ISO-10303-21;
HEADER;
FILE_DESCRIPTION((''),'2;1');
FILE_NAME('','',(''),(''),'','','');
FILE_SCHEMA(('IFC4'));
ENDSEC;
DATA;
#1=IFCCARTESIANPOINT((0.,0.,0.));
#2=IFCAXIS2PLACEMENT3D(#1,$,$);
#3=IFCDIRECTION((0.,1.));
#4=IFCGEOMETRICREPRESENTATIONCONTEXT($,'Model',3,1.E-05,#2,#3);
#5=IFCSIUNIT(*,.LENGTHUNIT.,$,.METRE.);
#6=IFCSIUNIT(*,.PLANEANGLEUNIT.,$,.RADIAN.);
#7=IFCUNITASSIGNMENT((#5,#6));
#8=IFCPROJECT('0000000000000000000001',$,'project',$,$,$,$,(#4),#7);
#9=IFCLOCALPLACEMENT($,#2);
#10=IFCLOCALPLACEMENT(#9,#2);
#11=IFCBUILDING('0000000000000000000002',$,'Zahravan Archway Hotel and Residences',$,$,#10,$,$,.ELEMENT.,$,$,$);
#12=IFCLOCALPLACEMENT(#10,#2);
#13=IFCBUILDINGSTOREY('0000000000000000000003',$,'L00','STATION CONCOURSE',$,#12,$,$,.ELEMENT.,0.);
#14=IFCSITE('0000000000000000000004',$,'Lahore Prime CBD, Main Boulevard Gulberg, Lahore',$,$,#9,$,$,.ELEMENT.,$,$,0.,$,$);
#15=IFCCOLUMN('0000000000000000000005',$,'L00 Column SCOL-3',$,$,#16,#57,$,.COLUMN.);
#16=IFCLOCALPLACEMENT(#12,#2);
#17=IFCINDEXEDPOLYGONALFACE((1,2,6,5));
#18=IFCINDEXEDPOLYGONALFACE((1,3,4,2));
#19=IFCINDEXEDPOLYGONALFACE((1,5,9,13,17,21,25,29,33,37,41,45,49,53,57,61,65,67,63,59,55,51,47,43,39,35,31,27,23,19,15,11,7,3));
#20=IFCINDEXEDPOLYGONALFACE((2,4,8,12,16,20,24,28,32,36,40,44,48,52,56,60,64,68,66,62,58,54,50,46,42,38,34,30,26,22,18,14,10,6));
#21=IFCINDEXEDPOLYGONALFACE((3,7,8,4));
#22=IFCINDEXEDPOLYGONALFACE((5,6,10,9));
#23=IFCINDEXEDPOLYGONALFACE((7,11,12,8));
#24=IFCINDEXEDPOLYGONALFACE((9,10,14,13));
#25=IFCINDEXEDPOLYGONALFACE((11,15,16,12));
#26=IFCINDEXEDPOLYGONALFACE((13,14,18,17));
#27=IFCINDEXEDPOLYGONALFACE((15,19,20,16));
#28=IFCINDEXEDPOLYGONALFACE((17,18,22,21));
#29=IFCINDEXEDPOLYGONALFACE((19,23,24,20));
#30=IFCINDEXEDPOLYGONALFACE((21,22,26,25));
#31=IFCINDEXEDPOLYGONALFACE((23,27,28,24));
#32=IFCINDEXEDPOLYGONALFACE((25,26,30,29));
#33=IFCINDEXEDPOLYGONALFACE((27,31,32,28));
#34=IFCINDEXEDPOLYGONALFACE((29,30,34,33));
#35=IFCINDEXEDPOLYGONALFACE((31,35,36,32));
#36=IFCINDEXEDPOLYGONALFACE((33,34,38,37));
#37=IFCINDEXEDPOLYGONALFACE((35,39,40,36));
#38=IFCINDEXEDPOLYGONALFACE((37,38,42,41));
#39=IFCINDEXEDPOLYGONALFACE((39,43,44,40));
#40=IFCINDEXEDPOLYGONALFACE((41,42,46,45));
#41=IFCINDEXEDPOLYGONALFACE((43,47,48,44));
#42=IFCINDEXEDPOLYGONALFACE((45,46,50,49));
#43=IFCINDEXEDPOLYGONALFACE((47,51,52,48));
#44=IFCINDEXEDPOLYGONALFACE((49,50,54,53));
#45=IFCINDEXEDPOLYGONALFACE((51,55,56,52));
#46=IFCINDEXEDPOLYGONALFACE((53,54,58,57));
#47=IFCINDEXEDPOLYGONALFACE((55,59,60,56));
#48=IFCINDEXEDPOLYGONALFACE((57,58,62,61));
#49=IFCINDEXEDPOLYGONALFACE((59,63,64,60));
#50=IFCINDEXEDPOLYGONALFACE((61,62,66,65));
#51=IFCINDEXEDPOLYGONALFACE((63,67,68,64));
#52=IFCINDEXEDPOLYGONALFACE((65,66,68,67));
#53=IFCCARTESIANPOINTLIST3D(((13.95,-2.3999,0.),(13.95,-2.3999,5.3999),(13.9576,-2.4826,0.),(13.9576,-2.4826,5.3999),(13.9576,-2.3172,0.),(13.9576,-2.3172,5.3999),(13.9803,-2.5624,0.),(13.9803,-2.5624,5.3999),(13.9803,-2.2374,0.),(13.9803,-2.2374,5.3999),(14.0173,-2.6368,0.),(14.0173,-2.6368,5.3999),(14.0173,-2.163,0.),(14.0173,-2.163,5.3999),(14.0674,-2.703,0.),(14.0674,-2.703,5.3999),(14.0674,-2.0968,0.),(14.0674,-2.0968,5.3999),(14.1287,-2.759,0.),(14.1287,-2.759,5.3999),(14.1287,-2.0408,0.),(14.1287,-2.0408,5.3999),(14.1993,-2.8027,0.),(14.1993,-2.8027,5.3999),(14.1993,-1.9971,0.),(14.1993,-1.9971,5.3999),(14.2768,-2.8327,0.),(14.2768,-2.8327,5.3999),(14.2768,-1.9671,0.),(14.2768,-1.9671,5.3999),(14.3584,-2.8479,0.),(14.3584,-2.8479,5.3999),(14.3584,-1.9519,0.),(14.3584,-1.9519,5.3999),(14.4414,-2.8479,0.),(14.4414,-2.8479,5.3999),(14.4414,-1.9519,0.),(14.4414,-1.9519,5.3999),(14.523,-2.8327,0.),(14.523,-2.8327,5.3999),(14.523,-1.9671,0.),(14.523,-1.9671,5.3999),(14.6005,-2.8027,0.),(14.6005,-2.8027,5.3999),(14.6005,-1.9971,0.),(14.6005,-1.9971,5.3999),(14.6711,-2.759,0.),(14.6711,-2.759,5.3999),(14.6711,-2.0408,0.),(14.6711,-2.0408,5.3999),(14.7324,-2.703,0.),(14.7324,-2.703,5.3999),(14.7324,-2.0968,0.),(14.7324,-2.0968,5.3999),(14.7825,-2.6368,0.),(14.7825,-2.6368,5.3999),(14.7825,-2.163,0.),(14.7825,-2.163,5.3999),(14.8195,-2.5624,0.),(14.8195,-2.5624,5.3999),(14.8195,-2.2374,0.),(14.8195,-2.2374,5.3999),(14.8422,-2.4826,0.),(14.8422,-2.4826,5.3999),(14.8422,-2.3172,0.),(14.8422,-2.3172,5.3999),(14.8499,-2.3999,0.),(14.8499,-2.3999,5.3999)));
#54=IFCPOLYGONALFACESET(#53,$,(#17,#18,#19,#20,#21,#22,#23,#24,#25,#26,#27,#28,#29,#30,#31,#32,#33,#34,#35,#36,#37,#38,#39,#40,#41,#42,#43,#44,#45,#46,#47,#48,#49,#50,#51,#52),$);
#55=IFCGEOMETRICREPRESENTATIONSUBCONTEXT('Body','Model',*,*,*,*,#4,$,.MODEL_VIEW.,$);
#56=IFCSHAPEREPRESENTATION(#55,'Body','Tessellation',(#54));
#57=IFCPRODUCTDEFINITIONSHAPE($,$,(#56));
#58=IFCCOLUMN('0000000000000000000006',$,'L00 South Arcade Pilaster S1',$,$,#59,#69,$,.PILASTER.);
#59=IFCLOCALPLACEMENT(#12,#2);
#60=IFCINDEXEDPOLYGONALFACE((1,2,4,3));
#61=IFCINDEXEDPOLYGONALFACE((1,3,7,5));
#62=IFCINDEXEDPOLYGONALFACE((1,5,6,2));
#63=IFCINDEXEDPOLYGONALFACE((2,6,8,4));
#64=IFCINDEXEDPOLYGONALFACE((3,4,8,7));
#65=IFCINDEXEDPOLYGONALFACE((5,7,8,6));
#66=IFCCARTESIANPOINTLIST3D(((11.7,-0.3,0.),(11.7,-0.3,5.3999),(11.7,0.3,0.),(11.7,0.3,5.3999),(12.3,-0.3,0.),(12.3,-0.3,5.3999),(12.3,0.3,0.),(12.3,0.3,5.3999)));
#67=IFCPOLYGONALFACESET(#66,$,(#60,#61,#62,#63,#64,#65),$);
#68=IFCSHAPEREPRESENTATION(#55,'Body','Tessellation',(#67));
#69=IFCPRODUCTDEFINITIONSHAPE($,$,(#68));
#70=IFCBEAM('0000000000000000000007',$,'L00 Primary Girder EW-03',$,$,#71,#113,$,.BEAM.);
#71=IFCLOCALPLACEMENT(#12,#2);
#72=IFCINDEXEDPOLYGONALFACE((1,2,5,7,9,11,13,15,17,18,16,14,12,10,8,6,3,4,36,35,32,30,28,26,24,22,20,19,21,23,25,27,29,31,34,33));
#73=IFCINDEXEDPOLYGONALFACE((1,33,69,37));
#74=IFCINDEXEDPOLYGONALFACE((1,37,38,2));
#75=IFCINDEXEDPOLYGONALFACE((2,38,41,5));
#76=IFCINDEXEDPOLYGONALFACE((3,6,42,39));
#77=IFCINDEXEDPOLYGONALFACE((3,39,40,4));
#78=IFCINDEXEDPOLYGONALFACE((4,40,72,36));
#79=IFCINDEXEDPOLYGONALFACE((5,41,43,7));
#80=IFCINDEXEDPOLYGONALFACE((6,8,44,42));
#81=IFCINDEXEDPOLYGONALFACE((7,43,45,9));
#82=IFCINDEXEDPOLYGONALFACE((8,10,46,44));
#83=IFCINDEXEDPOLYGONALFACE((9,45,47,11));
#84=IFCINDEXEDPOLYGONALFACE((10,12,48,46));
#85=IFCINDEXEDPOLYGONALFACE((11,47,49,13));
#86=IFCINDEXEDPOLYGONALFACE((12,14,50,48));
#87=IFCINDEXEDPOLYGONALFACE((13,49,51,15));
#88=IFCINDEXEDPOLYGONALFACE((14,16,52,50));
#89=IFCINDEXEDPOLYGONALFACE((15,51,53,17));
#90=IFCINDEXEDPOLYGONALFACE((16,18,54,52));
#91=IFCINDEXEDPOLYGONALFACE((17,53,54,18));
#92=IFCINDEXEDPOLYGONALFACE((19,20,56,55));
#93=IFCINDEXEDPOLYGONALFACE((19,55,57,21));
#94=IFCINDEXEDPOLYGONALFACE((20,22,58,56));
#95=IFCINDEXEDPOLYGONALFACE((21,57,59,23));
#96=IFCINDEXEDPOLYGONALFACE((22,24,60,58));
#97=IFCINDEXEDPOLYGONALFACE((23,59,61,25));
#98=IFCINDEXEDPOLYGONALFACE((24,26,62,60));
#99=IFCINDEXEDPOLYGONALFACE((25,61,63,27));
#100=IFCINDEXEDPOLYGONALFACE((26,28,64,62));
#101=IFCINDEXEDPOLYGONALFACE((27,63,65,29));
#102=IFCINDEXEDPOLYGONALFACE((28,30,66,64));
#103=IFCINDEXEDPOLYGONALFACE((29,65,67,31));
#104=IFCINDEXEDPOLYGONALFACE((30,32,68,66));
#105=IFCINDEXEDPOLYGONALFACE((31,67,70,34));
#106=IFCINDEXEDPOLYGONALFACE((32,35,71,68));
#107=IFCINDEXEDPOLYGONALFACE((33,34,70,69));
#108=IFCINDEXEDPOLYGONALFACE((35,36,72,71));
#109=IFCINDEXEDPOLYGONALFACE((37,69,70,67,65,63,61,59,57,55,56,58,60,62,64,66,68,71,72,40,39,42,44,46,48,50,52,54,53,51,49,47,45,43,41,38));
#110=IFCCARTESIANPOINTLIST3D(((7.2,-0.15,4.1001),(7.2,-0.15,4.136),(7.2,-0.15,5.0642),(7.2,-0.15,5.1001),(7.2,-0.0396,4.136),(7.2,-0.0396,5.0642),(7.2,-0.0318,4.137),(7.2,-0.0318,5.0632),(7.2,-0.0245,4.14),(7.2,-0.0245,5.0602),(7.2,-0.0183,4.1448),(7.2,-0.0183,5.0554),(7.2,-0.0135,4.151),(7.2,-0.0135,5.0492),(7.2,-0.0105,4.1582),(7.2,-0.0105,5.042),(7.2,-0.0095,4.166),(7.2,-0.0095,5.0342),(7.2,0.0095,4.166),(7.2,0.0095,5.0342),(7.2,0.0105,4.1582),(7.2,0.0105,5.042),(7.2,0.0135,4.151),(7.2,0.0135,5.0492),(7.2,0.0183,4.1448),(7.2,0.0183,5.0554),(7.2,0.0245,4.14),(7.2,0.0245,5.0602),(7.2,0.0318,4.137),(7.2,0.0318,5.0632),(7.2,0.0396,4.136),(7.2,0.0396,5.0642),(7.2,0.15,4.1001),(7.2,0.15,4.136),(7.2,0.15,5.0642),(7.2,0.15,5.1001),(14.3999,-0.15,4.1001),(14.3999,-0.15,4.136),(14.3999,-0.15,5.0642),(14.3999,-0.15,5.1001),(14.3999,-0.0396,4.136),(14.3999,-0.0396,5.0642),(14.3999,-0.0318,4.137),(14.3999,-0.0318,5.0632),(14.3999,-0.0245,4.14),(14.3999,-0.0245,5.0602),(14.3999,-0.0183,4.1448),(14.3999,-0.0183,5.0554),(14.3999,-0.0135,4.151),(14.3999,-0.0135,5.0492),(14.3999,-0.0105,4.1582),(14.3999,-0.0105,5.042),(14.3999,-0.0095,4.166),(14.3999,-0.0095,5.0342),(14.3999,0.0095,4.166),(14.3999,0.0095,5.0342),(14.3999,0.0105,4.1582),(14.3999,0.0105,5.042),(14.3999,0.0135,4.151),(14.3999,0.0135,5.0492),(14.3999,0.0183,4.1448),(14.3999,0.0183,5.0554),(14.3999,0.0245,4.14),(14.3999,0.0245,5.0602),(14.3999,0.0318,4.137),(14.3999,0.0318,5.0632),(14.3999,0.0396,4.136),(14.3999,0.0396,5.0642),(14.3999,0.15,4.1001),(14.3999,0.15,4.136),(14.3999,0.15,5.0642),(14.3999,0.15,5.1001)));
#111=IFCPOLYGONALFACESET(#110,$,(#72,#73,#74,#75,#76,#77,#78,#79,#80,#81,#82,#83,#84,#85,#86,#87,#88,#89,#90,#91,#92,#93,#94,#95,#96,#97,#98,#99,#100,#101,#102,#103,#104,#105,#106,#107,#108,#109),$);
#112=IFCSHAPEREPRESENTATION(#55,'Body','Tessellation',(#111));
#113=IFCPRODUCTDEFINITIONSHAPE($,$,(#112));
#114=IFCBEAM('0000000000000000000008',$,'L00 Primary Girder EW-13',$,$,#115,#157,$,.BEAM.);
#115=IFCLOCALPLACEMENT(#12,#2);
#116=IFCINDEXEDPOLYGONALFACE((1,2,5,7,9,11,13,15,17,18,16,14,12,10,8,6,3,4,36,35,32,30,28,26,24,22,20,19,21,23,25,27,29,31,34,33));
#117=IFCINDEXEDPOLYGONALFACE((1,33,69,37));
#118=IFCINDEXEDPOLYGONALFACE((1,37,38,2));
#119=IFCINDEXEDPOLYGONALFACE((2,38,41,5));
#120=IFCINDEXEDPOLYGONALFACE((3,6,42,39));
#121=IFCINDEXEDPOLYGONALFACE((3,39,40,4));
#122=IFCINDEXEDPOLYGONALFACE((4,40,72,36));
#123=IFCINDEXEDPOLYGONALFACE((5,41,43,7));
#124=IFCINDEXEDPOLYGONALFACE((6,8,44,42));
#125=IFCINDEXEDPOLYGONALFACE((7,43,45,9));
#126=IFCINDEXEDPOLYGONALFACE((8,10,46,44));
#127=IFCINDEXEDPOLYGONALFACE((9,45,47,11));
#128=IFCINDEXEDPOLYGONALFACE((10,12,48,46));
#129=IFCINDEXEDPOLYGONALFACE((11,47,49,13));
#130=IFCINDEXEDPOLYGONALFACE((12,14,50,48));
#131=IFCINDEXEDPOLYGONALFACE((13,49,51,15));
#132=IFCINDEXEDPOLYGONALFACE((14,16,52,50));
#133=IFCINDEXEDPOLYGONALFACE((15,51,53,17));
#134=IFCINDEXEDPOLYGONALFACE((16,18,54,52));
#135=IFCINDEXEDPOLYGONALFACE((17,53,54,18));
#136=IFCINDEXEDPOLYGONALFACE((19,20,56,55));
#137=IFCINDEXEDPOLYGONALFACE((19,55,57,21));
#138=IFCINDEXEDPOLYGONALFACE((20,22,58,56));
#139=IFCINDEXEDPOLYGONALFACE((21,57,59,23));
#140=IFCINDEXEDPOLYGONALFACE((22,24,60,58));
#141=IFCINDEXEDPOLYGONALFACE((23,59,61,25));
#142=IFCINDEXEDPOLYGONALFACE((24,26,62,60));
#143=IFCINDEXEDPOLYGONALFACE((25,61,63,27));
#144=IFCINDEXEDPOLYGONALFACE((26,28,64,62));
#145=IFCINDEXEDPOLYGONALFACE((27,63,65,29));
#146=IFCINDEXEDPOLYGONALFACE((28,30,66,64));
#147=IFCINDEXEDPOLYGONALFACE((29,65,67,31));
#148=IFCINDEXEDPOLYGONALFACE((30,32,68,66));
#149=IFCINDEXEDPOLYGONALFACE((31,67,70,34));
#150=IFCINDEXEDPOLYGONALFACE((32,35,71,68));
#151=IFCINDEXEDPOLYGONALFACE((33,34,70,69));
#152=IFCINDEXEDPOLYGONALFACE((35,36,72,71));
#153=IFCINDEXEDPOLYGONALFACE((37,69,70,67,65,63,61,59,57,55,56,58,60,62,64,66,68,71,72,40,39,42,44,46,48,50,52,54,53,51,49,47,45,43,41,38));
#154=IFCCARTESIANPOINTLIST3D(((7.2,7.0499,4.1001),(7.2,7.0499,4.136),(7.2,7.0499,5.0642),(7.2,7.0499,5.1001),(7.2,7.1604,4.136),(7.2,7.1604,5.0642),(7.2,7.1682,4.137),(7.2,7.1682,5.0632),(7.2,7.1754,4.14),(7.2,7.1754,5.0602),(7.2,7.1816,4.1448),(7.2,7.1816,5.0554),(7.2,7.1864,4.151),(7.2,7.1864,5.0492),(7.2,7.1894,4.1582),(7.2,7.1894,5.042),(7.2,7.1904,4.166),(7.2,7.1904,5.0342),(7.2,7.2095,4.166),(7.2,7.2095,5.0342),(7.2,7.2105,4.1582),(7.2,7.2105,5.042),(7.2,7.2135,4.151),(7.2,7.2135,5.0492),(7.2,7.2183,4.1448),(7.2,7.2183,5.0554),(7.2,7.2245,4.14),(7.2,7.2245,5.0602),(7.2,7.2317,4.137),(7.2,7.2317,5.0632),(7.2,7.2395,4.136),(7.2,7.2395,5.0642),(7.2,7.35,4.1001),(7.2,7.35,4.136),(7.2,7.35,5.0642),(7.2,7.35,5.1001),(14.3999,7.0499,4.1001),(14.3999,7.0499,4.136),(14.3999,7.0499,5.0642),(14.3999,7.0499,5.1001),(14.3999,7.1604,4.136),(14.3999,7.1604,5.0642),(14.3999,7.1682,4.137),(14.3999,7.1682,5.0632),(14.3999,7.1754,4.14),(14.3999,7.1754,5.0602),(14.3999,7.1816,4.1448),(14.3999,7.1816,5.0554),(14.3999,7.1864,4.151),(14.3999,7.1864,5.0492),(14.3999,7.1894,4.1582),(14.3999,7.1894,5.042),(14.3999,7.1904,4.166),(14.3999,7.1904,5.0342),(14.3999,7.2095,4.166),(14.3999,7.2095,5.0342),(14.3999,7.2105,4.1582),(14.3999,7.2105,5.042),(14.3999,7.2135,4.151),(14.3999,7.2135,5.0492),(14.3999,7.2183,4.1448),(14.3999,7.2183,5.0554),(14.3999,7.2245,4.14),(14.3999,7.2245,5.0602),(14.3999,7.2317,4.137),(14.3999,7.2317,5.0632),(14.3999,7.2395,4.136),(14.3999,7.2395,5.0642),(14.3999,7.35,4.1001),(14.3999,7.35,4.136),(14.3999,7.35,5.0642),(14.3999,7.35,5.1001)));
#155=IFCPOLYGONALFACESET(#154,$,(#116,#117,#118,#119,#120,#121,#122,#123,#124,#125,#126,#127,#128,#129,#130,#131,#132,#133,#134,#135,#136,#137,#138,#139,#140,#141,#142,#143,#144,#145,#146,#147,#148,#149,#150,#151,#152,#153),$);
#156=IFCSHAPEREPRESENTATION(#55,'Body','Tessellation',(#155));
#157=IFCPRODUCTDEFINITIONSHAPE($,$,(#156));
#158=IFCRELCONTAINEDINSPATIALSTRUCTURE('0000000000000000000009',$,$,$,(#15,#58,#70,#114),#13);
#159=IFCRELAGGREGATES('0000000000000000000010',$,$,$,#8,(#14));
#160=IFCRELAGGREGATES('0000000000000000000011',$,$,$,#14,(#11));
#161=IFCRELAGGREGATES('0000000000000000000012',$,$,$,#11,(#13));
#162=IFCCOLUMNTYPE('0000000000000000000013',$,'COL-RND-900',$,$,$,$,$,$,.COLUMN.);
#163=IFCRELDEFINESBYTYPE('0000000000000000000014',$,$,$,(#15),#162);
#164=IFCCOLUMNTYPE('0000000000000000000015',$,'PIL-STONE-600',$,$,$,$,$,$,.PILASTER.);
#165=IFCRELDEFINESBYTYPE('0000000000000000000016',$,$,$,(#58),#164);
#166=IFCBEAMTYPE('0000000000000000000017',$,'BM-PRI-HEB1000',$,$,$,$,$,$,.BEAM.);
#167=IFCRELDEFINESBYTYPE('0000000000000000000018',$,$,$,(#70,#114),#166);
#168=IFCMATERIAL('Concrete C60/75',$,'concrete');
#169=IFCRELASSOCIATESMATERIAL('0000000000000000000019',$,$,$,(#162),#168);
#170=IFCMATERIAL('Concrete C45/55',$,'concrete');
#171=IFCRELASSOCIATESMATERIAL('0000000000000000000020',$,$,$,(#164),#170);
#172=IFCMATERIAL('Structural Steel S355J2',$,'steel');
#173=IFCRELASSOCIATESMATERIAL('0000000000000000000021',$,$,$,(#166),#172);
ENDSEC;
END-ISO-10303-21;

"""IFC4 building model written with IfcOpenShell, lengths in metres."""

from ifc_helpers import new_model, si_unit, direction, frame, origin, origin_2d, place, context, subcontext, project, spatial, rectangle, circle, i_section, extrude, source, transform, mapped, material, material_profile, profile_set, type_object, type_shapes, element, save


model = new_model("IFC4")

# Units and contexts
model_context = context("Model", 3, precision=1e-05, world=origin(), true_north=direction((0.0, 1.0)))
body_context = subcontext(model_context, "Body", "Model", "MODEL_VIEW")
ifc_project = project(units=[si_unit("LENGTHUNIT", "METRE"), si_unit("PLANEANGLEUNIT", "RADIAN")], contexts=[model_context])

# Site, building, storey
site_placement = place(None, origin())
site = spatial("IfcSite", under=ifc_project, at=site_placement, Name="Lahore Prime CBD, Main Boulevard Gulberg, Lahore", CompositionType="ELEMENT", RefElevation=0.0)
building_placement = place(site_placement, origin())
building = spatial("IfcBuilding", under=site, at=building_placement, Name="Zahravan Archway Hotel and Residences", CompositionType="ELEMENT")
storey_placement = place(building_placement, origin())
storey = spatial("IfcBuildingStorey", under=building, at=storey_placement, Name="L00", Description="STATION CONCOURSE", CompositionType="ELEMENT", Elevation=0.0)

# Columns
ifc_material_1 = material(Name="Concrete C60/75", Category="concrete")
ifc_material_profile_1 = material_profile(ifc_material_1, circle(Radius=0.45, at=origin_2d()), Name="RC-CIRC-900", Category="concrete")
ifc_profile_set_1 = profile_set([ifc_material_profile_1], Name="Concrete C60/75")
column_type_1 = type_object("IfcColumnType", Name="COL-RND-900", PredefinedType="COLUMN", material=ifc_profile_set_1)
shared_shape_1 = source(origin(), body_context, "Body", "SweptSolid", [
    extrude(circle(Radius=0.45, at=origin_2d()), origin(), (0.0, 0.0, 1.0), 5.3999),
])
type_shapes(column_type_1, [shared_shape_1])
for number, where, z_axis, x_axis, name in (
    (1, (14.3999, -2.3999, 0.0), (0.0, 0.0, 1.0), (1.0, 0.0, 0.0), "L00 Column SCOL-3"),
):
    element("IfcColumn", number, at=place(storey_placement, frame(where, z_axis=z_axis, x_axis=x_axis)), inside=storey, type_object=column_type_1, Name=name, PredefinedType="COLUMN", context=body_context, shape_type="MappedRepresentation", body=[
        mapped(shared_shape_1, transform((0.0, 0.0, 0.0), scale=1.0)),
    ])
ifc_material_2 = material(Name="Concrete C45/55", Category="concrete")
ifc_material_profile_2 = material_profile(ifc_material_2, rectangle(XDim=0.6001, YDim=0.6001, at=origin_2d()), Name="RC 600x600", Category="concrete")
ifc_profile_set_2 = profile_set([ifc_material_profile_2], Name="Concrete C45/55")
column_type_2 = type_object("IfcColumnType", Name="PIL-STONE-600", PredefinedType="PILASTER", material=ifc_profile_set_2)
shared_shape_2 = source(origin(), body_context, "Body", "SweptSolid", [
    extrude(rectangle(XDim=0.6001, YDim=0.6001, at=origin_2d()), origin(), (0.0, 0.0, 1.0), 5.3999),
])
type_shapes(column_type_2, [shared_shape_2])
column_placement = place(storey_placement, frame((12.0, 0.0, 0.0), z_axis=(0.0, 0.0, 1.0), x_axis=(1.0, 0.0, 0.0)))
element("IfcColumn", 2, at=column_placement, inside=storey, type_object=column_type_2, Name="L00 South Arcade Pilaster S1", PredefinedType="PILASTER", context=body_context, shape_type="MappedRepresentation", body=[
    mapped(shared_shape_2, transform((0.0, 0.0, 0.0), scale=1.0)),
])

# Beams
ifc_material_3 = material(Name="Structural Steel S355J2", Category="steel")
ifc_material_profile_3 = material_profile(ifc_material_3, i_section(OverallWidth=0.3, OverallDepth=1.0, WebThickness=0.019, FlangeThickness=0.0359, FilletRadius=0.03, at=origin_2d()), Name="HEB 1000", Category="steel")
ifc_profile_set_3 = profile_set([ifc_material_profile_3], Name="Structural Steel S355J2")
beam_type_1 = type_object("IfcBeamType", Name="BM-PRI-HEB1000", PredefinedType="BEAM", material=ifc_profile_set_3)
shared_shape_3 = source(origin(), body_context, "Body", "SweptSolid", [
    extrude(i_section(OverallWidth=0.3, OverallDepth=1.0, WebThickness=0.019, FlangeThickness=0.0359, FilletRadius=0.03, at=origin_2d()), origin(), (0.0, 0.0, 1.0), 7.2),
])
for number, where, z_axis, x_axis, name in (
    (3, (7.2, 0.0, 4.6001), (1.0, 0.0, 0.0), (0.0, 1.0, 0.0), "L00 Primary Girder EW-03"),
    (4, (7.2, 7.2, 4.6001), (1.0, 0.0, 0.0), (0.0, 1.0, 0.0), "L00 Primary Girder EW-13"),
):
    element("IfcBeam", number, at=place(storey_placement, frame(where, z_axis=z_axis, x_axis=x_axis)), inside=storey, type_object=beam_type_1, Name=name, PredefinedType="BEAM", context=body_context, shape_type="MappedRepresentation", body=[
        mapped(shared_shape_3, transform((0.0, 0.0, 0.0), scale=1.0)),
    ])

save(model, "model.ifc")
